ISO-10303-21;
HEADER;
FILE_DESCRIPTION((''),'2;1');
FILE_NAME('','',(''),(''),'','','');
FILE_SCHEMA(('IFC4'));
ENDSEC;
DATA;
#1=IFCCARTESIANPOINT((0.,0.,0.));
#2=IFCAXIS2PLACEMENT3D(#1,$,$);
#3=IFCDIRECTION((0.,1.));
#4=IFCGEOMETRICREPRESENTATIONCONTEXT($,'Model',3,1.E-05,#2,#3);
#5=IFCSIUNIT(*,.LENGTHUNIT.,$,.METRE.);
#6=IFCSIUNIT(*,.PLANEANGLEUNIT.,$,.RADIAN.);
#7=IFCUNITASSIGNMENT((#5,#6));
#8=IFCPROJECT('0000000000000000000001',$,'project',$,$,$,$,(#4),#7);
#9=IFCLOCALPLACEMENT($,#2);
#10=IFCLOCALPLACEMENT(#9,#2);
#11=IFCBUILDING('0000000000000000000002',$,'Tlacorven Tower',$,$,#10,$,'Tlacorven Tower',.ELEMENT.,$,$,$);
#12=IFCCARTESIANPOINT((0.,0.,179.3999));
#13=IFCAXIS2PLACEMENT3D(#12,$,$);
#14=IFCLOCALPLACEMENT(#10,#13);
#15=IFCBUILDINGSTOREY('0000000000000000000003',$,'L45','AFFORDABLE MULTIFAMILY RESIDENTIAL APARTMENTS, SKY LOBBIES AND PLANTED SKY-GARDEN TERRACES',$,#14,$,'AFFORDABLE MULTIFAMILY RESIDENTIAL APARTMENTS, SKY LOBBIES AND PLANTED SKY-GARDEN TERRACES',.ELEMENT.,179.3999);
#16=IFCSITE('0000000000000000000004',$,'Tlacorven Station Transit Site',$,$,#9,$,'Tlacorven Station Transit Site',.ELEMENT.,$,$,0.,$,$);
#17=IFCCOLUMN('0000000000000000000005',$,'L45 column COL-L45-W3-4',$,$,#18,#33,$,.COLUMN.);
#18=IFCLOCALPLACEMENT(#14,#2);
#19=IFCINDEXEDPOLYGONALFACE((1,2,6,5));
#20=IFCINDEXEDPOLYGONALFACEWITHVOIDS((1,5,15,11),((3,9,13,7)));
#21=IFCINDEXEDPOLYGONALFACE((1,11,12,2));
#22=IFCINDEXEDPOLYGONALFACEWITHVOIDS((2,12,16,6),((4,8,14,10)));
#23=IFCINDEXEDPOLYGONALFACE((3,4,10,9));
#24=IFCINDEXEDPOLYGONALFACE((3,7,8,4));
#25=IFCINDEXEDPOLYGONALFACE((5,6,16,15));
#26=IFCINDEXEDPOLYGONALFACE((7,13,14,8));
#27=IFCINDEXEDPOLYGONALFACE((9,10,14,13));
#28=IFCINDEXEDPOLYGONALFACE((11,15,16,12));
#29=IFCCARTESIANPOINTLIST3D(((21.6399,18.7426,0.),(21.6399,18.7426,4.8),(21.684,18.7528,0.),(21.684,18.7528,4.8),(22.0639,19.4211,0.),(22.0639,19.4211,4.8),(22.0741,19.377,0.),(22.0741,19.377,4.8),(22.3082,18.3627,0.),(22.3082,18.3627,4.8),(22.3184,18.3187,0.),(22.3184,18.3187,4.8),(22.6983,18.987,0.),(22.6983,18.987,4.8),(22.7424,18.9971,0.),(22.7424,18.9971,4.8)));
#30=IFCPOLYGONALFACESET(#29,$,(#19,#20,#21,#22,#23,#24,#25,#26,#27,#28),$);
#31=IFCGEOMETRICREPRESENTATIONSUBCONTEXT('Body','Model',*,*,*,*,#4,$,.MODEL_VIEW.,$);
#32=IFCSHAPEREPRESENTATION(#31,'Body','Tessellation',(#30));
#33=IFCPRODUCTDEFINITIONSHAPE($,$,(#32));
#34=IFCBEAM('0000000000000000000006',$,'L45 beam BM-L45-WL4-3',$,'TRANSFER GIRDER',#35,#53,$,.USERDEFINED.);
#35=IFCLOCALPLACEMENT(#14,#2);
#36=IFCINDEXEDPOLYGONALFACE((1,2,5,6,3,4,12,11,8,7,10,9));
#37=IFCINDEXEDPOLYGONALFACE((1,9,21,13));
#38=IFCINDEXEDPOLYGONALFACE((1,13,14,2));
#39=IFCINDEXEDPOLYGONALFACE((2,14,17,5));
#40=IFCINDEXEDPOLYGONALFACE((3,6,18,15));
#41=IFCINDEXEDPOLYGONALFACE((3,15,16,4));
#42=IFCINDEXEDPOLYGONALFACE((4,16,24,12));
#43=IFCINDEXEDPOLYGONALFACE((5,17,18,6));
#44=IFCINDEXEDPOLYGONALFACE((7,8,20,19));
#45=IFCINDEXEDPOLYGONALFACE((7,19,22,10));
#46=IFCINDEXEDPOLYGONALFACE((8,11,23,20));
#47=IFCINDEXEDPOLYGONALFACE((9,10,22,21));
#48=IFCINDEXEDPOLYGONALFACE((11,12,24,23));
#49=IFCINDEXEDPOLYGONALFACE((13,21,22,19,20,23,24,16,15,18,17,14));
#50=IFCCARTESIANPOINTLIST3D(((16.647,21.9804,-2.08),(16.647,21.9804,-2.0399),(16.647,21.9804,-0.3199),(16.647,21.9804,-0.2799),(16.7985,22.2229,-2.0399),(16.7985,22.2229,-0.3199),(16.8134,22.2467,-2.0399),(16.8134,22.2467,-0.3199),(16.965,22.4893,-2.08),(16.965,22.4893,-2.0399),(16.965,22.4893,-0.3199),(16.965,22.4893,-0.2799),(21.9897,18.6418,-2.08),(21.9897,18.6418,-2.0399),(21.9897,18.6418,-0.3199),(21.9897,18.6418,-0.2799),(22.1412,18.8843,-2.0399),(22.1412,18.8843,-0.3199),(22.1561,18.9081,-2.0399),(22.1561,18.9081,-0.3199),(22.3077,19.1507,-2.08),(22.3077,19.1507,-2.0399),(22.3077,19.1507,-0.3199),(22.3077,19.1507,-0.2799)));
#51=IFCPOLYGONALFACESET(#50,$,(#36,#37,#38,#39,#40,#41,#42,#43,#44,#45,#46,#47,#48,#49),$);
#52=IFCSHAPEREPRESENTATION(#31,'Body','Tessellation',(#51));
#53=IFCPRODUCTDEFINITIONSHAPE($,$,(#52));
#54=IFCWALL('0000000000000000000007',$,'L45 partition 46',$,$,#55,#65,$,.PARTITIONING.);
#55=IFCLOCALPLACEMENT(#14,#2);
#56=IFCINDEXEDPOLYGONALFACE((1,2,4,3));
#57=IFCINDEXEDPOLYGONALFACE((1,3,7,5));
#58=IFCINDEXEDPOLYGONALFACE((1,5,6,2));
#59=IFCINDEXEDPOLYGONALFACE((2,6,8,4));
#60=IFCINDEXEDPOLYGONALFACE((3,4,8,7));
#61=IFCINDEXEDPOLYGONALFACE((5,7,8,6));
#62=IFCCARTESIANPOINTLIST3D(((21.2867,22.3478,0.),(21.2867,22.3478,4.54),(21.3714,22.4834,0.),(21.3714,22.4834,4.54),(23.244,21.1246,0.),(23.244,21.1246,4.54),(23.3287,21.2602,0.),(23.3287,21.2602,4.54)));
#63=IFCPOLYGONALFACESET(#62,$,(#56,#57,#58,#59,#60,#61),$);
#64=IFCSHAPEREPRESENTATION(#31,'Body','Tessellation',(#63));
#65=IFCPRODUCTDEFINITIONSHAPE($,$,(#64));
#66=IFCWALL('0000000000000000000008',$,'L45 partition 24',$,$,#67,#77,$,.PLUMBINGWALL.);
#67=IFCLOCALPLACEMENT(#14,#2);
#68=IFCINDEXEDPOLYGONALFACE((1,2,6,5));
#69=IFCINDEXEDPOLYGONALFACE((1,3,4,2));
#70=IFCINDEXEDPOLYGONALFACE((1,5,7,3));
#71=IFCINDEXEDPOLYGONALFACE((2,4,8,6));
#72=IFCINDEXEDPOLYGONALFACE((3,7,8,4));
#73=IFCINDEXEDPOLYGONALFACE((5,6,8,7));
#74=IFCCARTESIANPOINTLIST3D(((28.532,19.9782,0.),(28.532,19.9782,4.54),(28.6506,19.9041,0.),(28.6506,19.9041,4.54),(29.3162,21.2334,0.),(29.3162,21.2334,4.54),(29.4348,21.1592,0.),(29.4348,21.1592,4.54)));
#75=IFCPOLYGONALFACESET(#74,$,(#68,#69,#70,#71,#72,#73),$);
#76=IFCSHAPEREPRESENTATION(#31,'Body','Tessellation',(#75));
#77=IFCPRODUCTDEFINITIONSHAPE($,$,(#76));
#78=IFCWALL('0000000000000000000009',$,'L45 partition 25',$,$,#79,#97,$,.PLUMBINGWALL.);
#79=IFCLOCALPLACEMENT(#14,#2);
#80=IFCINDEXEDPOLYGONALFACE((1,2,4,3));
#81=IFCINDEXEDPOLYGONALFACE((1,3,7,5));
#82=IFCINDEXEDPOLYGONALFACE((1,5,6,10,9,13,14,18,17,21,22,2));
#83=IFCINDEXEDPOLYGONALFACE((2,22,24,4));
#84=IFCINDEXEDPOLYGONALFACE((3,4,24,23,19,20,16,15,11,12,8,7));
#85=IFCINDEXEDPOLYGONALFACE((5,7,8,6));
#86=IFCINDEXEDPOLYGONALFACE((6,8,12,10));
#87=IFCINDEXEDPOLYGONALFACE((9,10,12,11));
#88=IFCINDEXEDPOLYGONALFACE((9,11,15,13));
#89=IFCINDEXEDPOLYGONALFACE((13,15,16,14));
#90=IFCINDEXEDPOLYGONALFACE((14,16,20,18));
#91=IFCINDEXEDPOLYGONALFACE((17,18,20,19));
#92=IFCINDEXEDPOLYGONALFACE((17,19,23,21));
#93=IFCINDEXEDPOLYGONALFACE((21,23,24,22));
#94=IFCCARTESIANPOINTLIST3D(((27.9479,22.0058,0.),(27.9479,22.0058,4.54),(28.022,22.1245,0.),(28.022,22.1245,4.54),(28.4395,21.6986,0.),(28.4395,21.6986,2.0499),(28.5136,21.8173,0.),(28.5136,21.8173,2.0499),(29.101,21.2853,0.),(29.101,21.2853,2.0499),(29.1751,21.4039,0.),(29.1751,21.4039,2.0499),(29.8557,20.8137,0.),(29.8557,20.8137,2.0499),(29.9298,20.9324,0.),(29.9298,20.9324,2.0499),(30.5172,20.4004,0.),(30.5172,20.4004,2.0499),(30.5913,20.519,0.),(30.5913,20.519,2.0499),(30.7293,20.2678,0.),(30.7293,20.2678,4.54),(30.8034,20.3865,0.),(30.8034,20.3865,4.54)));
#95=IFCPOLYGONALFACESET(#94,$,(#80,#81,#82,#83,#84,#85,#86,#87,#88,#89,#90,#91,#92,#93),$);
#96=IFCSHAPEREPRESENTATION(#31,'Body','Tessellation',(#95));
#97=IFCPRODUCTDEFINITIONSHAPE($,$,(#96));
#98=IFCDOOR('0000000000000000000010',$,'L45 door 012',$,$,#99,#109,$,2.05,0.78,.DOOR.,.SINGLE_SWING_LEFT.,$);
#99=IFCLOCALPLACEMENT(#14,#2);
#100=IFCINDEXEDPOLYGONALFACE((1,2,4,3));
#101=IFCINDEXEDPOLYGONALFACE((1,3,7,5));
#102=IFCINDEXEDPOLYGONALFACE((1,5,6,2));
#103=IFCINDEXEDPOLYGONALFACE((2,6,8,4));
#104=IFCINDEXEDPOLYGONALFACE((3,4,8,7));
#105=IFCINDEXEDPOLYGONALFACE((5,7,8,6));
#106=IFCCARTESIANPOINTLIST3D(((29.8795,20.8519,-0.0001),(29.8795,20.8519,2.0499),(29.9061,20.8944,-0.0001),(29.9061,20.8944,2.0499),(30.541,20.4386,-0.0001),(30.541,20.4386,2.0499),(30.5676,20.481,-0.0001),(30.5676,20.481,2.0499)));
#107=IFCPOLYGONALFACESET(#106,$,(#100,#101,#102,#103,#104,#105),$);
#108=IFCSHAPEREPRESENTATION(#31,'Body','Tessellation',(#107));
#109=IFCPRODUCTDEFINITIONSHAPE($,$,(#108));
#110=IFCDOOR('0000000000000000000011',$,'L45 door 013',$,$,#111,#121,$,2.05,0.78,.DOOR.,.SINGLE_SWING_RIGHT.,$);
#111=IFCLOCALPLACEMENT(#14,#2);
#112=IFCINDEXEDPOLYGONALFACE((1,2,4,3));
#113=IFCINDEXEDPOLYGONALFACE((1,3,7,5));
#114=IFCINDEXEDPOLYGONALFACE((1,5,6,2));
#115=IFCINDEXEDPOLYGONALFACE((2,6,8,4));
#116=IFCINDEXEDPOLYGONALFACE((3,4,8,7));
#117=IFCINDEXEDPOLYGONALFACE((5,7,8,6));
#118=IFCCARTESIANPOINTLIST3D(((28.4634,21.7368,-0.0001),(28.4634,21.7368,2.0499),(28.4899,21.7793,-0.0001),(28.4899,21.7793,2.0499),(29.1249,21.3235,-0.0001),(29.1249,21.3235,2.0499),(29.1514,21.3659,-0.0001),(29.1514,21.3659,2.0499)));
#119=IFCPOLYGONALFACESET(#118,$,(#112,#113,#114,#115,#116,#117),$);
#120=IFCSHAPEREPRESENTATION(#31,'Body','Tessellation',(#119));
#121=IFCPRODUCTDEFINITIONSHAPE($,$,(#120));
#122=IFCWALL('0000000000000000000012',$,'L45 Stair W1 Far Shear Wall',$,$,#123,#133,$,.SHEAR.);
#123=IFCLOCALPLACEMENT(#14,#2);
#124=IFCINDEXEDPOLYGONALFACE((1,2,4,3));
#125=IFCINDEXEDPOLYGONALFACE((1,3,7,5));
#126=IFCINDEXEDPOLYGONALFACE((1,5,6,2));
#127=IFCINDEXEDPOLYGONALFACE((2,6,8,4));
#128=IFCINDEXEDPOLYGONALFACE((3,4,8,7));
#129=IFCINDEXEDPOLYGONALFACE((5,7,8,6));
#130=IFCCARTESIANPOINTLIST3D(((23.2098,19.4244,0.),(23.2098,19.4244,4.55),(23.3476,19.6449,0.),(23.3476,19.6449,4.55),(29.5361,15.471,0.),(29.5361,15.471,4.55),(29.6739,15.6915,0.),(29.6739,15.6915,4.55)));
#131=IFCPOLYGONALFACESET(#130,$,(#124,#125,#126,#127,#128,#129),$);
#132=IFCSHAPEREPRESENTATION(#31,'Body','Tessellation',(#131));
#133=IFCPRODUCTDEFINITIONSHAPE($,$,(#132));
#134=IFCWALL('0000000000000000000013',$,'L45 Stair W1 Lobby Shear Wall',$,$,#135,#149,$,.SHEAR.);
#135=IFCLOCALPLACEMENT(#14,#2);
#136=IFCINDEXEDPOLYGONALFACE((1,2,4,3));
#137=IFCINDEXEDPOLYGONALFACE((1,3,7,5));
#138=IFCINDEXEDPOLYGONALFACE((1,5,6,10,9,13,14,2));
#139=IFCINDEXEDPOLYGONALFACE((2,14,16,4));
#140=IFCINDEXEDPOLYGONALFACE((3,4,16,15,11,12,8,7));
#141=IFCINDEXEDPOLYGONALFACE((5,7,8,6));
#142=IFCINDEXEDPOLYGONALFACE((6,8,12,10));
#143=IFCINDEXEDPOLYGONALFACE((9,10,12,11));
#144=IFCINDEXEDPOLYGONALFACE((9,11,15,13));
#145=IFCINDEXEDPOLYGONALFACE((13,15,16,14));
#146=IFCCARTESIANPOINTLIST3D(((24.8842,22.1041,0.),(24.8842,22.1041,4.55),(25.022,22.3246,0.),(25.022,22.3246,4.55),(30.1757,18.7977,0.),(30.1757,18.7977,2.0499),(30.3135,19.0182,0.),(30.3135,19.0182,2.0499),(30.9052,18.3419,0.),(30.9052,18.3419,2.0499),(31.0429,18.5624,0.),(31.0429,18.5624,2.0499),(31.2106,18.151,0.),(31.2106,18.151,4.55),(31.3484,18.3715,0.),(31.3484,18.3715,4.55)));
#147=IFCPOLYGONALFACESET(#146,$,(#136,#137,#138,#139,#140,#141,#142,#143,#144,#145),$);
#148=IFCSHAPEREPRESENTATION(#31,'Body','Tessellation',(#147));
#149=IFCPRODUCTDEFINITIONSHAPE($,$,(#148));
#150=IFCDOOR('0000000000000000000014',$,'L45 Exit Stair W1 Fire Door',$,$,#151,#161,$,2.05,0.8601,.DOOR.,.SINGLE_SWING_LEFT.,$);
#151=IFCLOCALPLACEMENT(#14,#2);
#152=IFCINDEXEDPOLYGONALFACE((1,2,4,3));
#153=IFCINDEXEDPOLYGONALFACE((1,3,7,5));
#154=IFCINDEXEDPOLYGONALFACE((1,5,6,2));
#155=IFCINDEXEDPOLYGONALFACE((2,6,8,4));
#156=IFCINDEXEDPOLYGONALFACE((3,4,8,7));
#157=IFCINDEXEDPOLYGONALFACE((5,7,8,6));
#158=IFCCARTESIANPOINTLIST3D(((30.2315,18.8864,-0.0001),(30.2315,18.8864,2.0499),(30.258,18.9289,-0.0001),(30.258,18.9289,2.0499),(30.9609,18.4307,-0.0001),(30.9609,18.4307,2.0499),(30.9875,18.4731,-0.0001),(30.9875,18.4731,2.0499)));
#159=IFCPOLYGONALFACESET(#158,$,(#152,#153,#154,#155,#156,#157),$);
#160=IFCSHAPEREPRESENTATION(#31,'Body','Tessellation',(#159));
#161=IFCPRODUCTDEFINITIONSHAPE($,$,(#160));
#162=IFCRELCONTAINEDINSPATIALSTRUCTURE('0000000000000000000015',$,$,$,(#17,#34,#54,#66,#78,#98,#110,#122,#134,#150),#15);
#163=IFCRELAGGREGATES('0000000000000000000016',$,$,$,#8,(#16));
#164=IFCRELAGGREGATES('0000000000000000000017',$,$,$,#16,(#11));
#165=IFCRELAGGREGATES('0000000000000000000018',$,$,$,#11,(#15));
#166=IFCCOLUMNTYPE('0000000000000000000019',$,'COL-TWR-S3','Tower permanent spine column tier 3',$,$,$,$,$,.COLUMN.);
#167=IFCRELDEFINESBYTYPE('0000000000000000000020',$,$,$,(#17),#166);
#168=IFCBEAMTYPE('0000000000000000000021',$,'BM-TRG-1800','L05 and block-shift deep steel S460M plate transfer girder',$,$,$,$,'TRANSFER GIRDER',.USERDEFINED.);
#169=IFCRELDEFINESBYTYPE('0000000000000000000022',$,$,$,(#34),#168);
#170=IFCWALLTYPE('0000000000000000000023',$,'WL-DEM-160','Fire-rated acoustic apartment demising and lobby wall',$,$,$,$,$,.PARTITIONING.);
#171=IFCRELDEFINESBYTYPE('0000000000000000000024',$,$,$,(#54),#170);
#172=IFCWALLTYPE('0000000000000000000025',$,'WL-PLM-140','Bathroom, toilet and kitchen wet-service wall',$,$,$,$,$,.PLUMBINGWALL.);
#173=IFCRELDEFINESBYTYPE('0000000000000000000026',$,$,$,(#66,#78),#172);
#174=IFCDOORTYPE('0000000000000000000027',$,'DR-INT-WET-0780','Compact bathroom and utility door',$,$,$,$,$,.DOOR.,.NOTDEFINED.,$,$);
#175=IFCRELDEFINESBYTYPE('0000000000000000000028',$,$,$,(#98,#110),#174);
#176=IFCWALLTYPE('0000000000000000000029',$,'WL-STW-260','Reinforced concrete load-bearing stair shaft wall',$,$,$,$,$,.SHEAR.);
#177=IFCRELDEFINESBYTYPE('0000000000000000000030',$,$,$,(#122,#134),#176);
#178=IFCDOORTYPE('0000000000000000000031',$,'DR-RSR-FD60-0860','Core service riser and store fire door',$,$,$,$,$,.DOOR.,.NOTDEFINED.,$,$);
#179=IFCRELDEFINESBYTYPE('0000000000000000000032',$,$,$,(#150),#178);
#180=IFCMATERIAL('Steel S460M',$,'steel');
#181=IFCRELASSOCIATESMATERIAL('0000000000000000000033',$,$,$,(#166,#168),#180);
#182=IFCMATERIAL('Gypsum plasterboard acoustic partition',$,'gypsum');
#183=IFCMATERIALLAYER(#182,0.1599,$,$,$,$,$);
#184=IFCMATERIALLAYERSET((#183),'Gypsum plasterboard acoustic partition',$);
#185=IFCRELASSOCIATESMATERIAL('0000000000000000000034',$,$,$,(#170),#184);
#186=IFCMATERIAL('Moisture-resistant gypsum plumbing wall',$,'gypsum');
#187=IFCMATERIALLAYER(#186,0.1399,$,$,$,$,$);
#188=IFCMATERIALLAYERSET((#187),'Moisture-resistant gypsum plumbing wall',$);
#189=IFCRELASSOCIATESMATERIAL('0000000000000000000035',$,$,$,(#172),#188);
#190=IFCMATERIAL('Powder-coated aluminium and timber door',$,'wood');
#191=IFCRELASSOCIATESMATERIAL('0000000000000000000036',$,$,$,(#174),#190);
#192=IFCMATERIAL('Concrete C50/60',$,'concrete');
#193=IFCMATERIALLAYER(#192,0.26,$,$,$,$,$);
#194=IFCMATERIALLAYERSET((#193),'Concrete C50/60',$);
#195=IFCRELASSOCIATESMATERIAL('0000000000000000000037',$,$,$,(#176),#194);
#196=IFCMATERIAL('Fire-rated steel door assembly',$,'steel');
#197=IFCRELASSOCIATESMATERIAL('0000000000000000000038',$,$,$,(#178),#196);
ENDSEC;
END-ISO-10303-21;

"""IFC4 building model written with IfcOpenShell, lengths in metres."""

from ifc_helpers import new_model, si_unit, direction, frame, frame_2d, origin, origin_2d, place, context, subcontext, project, spatial, rectangle, hollow_rectangle, i_section, extrude, source, transform, mapped, material, layer, layer_set, material_profile, profile_set, type_object, element, fill, save


model = new_model("IFC4")

# Units and contexts
model_context = context("Model", 3, precision=1e-05, world=origin(), true_north=direction((0.0, 1.0)))
body_context = subcontext(model_context, "Body", "Model", "MODEL_VIEW")
ifc_project = project(units=[si_unit("LENGTHUNIT", "METRE"), si_unit("PLANEANGLEUNIT", "RADIAN")], contexts=[model_context])

# Site, building, storey
site_placement = place(None, origin())
site = spatial("IfcSite", under=ifc_project, at=site_placement, Name="Tlacorven Station Transit Site", LongName="Tlacorven Station Transit Site", CompositionType="ELEMENT", RefElevation=0.0)
building_placement = place(site_placement, origin())
building = spatial("IfcBuilding", under=site, at=building_placement, Name="Tlacorven Tower", LongName="Tlacorven Tower", CompositionType="ELEMENT")
storey_placement = place(building_placement, frame((0.0, 0.0, 179.3999)))
storey = spatial("IfcBuildingStorey", under=building, at=storey_placement, Name="L45", Description="AFFORDABLE MULTIFAMILY RESIDENTIAL APARTMENTS, SKY LOBBIES AND PLANTED SKY-GARDEN TERRACES", LongName="AFFORDABLE MULTIFAMILY RESIDENTIAL APARTMENTS, SKY LOBBIES AND PLANTED SKY-GARDEN TERRACES", CompositionType="ELEMENT", Elevation=179.3999)

# Column
ifc_material_1 = material(Name="Steel S460M", Category="steel")
ifc_material_profile_1 = material_profile(ifc_material_1, hollow_rectangle(XDim=0.8, YDim=0.8, WallThickness=0.032, at=origin_2d()), Name="BOX 800X800X32")
ifc_profile_set_1 = profile_set([ifc_material_profile_1], Name="Steel S460M")
column_type = type_object("IfcColumnType", Name="COL-TWR-S3", Description="Tower permanent spine column tier 3", PredefinedType="COLUMN", material=ifc_profile_set_1)
shared_shape_1 = source(origin(), body_context, "Body", "SweptSolid", [
    extrude(hollow_rectangle(XDim=0.8, YDim=0.8, WallThickness=0.032, at=origin_2d()), origin(), (0.0, 0.0, 1.0), 4.8),
])
column_placement = place(storey_placement, frame((22.1912, 18.8699, 0.0), z_axis=(0.0, 0.0, 1.0), x_axis=(-0.848048, 0.529919, 0.0)))
element("IfcColumn", 1, at=column_placement, inside=storey, type_object=column_type, Name="L45 column COL-L45-W3-4", PredefinedType="COLUMN", context=body_context, shape_type="MappedRepresentation", body=[
    mapped(shared_shape_1, transform((0.0, 0.0, 0.0), scale=1.0)),
])

# Beam
ifc_material_profile_2 = material_profile(ifc_material_1, i_section(OverallWidth=0.6001, OverallDepth=1.8, WebThickness=0.0281, FlangeThickness=0.04, at=origin_2d()), Name="PG 1800X600X28X40")
ifc_profile_set_2 = profile_set([ifc_material_profile_2], Name="Steel S460M")
beam_type = type_object("IfcBeamType", Name="BM-TRG-1800", Description="L05 and block-shift deep steel S460M plate transfer girder", ElementType="TRANSFER GIRDER", PredefinedType="USERDEFINED", material=ifc_profile_set_2)
shared_shape_2 = source(origin(), body_context, "Body", "SweptSolid", [
    extrude(i_section(OverallWidth=0.6001, OverallDepth=1.8, WebThickness=0.0281, FlangeThickness=0.04, at=origin_2d()), origin(), (0.0, 0.0, 1.0), 6.3),
])
beam_placement = place(storey_placement, frame((22.1487, 18.8962, -1.1799), z_axis=(-0.848042, 0.529929, 0.0), x_axis=(-0.529929, -0.848042, 0.0)))
element("IfcBeam", 2, at=beam_placement, inside=storey, type_object=beam_type, Name="L45 beam BM-L45-WL4-3", ObjectType="TRANSFER GIRDER", PredefinedType="USERDEFINED", context=body_context, shape_type="MappedRepresentation", body=[
    mapped(shared_shape_2, transform((0.0, 0.0, 0.0), scale=1.0)),
])

# Walls
ifc_material_2 = material(Name="Gypsum plasterboard acoustic partition", Category="gypsum")
ifc_layer_1 = layer(ifc_material_2, 0.1599)
ifc_layer_set_1 = layer_set([ifc_layer_1], Name="Gypsum plasterboard acoustic partition")
wall_type_1 = type_object("IfcWallType", Name="WL-DEM-160", Description="Fire-rated acoustic apartment demising and lobby wall", PredefinedType="PARTITIONING", material=ifc_layer_set_1)
wall_1_placement = place(storey_placement, frame((23.2864, 21.1924, 0.0), z_axis=(0.0, 0.0, 1.0), x_axis=(-0.848028, 0.529951, 0.0)))
element("IfcWall", 3, at=wall_1_placement, inside=storey, type_object=wall_type_1, Name="L45 partition 46", PredefinedType="PARTITIONING", context=body_context, shape_type="SweptSolid", body=[
    extrude(rectangle(XDim=2.3081, YDim=0.1599, at=frame_2d((1.1541, 0.0))), origin(), (0.0, 0.0, 1.0), 4.54),
])
ifc_material_3 = material(Name="Moisture-resistant gypsum plumbing wall", Category="gypsum")
ifc_layer_2 = layer(ifc_material_3, 0.1399)
ifc_layer_set_2 = layer_set([ifc_layer_2], Name="Moisture-resistant gypsum plumbing wall")
wall_type_2 = type_object("IfcWallType", Name="WL-PLM-140", Description="Bathroom, toilet and kitchen wet-service wall", PredefinedType="PLUMBINGWALL", material=ifc_layer_set_2)
wall_2_placement = place(storey_placement, frame((29.3755, 21.1963, 0.0), z_axis=(0.0, 0.0, 1.0), x_axis=(-0.529865, -0.848082, 0.0)))
element("IfcWall", 4, at=wall_2_placement, inside=storey, type_object=wall_type_2, Name="L45 partition 24", PredefinedType="PLUMBINGWALL", context=body_context, shape_type="SweptSolid", body=[
    extrude(rectangle(XDim=1.48, YDim=0.1399, at=frame_2d((0.74, 0.0))), origin(), (0.0, 0.0, 1.0), 4.54),
])

# Wall, openings, doors
wall_3_placement = place(storey_placement, frame((30.7664, 20.3271, 0.0), z_axis=(0.0, 0.0, 1.0), x_axis=(-0.848053, 0.529912, 0.0)))
wall_3 = element("IfcWall", 5, at=wall_3_placement, inside=storey, type_object=wall_type_2, Name="L45 partition 25", PredefinedType="PLUMBINGWALL", context=body_context, shape_type="SweptSolid", body=[
    extrude(rectangle(XDim=3.2798, YDim=0.1399, at=frame_2d((1.6399, 0.0))), origin(), (0.0, 0.0, 1.0), 4.54),
])
opening_1_placement = place(wall_3_placement, frame((0.25, 0.0, 0.0)))
opening_1 = element("IfcOpeningElement", 6, at=opening_1_placement, cuts=wall_3, PredefinedType="OPENING", context=body_context, shape_type="SweptSolid", body=[
    extrude(rectangle(XDim=0.78, YDim=2.05, at=frame_2d((0.3901, 1.0249))), frame((0.0, 0.0801, 0.0), z_axis=(0.0, -1.0, 0.0), x_axis=(1.0, 0.0, 0.0)), (0.0, 0.0, 1.0), 0.1599),
])
opening_2_placement = place(wall_3_placement, frame((1.9199, 0.0, 0.0)))
opening_2 = element("IfcOpeningElement", 7, at=opening_2_placement, cuts=wall_3, PredefinedType="OPENING", context=body_context, shape_type="SweptSolid", body=[
    extrude(rectangle(XDim=0.78, YDim=2.05, at=frame_2d((0.3901, 1.0249))), frame((0.0, 0.0801, 0.0), z_axis=(0.0, -1.0, 0.0), x_axis=(1.0, 0.0, 0.0)), (0.0, 0.0, 1.0), 0.1599),
])
ifc_material_4 = material(Name="Powder-coated aluminium and timber door", Category="wood")
door_type_1 = type_object("IfcDoorType", Name="DR-INT-WET-0780", Description="Compact bathroom and utility door", OperationType="NOTDEFINED", PredefinedType="DOOR", material=ifc_material_4)
shared_shape_3 = source(origin(), body_context, "Body", "SweptSolid", [
    extrude(rectangle(XDim=0.78, YDim=2.05, at=frame_2d((0.3901, 1.0249))), frame((0.0, 0.0249, 0.0), z_axis=(0.0, -1.0, 0.0), x_axis=(1.0, 0.0, 0.0)), (0.0, 0.0, 1.0), 0.05),
])
door_1_placement = place(opening_1_placement, origin())
door_1 = element("IfcDoor", 8, at=door_1_placement, inside=storey, type_object=door_type_1, Name="L45 door 012", OperationType="SINGLE_SWING_LEFT", OverallHeight=2.05, OverallWidth=0.78, PredefinedType="DOOR", context=body_context, shape_type="MappedRepresentation", body=[
    mapped(shared_shape_3, transform((0.0, 0.0, 0.0), scale=1.0)),
])
fill(opening_1, door_1)
door_2_placement = place(opening_2_placement, origin())
door_2 = element("IfcDoor", 9, at=door_2_placement, inside=storey, type_object=door_type_1, Name="L45 door 013", OperationType="SINGLE_SWING_RIGHT", OverallHeight=2.05, OverallWidth=0.78, PredefinedType="DOOR", context=body_context, shape_type="MappedRepresentation", body=[
    mapped(shared_shape_3, transform((0.0, 0.0, 0.0), scale=1.0)),
])
fill(opening_2, door_2)

# Wall
ifc_material_5 = material(Name="Concrete C50/60", Category="concrete")
ifc_layer_3 = layer(ifc_material_5, 0.26)
ifc_layer_set_3 = layer_set([ifc_layer_3], Name="Concrete C50/60")
wall_type_3 = type_object("IfcWallType", Name="WL-STW-260", Description="Reinforced concrete load-bearing stair shaft wall", PredefinedType="SHEAR", material=ifc_layer_set_3)
wall_4_placement = place(storey_placement, frame((29.605, 15.5813, 0.0), z_axis=(0.0, 0.0, 1.0), x_axis=(-0.848037, 0.529937, 0.0)))
element("IfcWall", 10, at=wall_4_placement, inside=storey, type_object=wall_type_3, Name="L45 Stair W1 Far Shear Wall", PredefinedType="SHEAR", context=body_context, shape_type="SweptSolid", body=[
    extrude(rectangle(XDim=7.46, YDim=0.26, at=frame_2d((3.73, 0.0))), origin(), (0.0, 0.0, 1.0), 4.55),
])

# Wall, opening, door
wall_5_placement = place(storey_placement, frame((31.2795, 18.2612, 0.0), z_axis=(0.0, 0.0, 1.0), x_axis=(-0.848052, 0.529914, 0.0)))
wall_5 = element("IfcWall", 11, at=wall_5_placement, inside=storey, type_object=wall_type_3, Name="L45 Stair W1 Lobby Shear Wall", PredefinedType="SHEAR", context=body_context, shape_type="SweptSolid", body=[
    extrude(rectangle(XDim=7.46, YDim=0.26, at=frame_2d((3.73, 0.0))), origin(), (0.0, 0.0, 1.0), 4.55),
])
opening_3_placement = place(wall_5_placement, frame((0.3601, 0.0, 0.0)))
opening_3 = element("IfcOpeningElement", 12, at=opening_3_placement, cuts=wall_5, PredefinedType="OPENING", context=body_context, shape_type="SweptSolid", body=[
    extrude(rectangle(XDim=0.8601, YDim=2.05, at=frame_2d((0.4302, 1.0249))), frame((0.0, 0.1401, 0.0), z_axis=(0.0, -1.0, 0.0), x_axis=(1.0, 0.0, 0.0)), (0.0, 0.0, 1.0), 0.28),
])
ifc_material_6 = material(Name="Fire-rated steel door assembly", Category="steel")
door_type_2 = type_object("IfcDoorType", Name="DR-RSR-FD60-0860", Description="Core service riser and store fire door", OperationType="NOTDEFINED", PredefinedType="DOOR", material=ifc_material_6)
shared_shape_4 = source(origin(), body_context, "Body", "SweptSolid", [
    extrude(rectangle(XDim=0.8601, YDim=2.05, at=frame_2d((0.4302, 1.0249))), frame((0.0, 0.0249, 0.0), z_axis=(0.0, -1.0, 0.0), x_axis=(1.0, 0.0, 0.0)), (0.0, 0.0, 1.0), 0.05),
])
door_3_placement = place(opening_3_placement, frame((0.8601, 0.0, 0.0), z_axis=(0.0, 0.0, 1.0), x_axis=(-1.0, 0.0, 0.0)))
door_3 = element("IfcDoor", 13, at=door_3_placement, inside=storey, type_object=door_type_2, Name="L45 Exit Stair W1 Fire Door", OperationType="SINGLE_SWING_LEFT", OverallHeight=2.05, OverallWidth=0.8601, PredefinedType="DOOR", context=body_context, shape_type="MappedRepresentation", body=[
    mapped(shared_shape_4, transform((0.0, 0.0, 0.0), scale=1.0)),
])
fill(opening_3, door_3)

save(model, "model.ifc")
